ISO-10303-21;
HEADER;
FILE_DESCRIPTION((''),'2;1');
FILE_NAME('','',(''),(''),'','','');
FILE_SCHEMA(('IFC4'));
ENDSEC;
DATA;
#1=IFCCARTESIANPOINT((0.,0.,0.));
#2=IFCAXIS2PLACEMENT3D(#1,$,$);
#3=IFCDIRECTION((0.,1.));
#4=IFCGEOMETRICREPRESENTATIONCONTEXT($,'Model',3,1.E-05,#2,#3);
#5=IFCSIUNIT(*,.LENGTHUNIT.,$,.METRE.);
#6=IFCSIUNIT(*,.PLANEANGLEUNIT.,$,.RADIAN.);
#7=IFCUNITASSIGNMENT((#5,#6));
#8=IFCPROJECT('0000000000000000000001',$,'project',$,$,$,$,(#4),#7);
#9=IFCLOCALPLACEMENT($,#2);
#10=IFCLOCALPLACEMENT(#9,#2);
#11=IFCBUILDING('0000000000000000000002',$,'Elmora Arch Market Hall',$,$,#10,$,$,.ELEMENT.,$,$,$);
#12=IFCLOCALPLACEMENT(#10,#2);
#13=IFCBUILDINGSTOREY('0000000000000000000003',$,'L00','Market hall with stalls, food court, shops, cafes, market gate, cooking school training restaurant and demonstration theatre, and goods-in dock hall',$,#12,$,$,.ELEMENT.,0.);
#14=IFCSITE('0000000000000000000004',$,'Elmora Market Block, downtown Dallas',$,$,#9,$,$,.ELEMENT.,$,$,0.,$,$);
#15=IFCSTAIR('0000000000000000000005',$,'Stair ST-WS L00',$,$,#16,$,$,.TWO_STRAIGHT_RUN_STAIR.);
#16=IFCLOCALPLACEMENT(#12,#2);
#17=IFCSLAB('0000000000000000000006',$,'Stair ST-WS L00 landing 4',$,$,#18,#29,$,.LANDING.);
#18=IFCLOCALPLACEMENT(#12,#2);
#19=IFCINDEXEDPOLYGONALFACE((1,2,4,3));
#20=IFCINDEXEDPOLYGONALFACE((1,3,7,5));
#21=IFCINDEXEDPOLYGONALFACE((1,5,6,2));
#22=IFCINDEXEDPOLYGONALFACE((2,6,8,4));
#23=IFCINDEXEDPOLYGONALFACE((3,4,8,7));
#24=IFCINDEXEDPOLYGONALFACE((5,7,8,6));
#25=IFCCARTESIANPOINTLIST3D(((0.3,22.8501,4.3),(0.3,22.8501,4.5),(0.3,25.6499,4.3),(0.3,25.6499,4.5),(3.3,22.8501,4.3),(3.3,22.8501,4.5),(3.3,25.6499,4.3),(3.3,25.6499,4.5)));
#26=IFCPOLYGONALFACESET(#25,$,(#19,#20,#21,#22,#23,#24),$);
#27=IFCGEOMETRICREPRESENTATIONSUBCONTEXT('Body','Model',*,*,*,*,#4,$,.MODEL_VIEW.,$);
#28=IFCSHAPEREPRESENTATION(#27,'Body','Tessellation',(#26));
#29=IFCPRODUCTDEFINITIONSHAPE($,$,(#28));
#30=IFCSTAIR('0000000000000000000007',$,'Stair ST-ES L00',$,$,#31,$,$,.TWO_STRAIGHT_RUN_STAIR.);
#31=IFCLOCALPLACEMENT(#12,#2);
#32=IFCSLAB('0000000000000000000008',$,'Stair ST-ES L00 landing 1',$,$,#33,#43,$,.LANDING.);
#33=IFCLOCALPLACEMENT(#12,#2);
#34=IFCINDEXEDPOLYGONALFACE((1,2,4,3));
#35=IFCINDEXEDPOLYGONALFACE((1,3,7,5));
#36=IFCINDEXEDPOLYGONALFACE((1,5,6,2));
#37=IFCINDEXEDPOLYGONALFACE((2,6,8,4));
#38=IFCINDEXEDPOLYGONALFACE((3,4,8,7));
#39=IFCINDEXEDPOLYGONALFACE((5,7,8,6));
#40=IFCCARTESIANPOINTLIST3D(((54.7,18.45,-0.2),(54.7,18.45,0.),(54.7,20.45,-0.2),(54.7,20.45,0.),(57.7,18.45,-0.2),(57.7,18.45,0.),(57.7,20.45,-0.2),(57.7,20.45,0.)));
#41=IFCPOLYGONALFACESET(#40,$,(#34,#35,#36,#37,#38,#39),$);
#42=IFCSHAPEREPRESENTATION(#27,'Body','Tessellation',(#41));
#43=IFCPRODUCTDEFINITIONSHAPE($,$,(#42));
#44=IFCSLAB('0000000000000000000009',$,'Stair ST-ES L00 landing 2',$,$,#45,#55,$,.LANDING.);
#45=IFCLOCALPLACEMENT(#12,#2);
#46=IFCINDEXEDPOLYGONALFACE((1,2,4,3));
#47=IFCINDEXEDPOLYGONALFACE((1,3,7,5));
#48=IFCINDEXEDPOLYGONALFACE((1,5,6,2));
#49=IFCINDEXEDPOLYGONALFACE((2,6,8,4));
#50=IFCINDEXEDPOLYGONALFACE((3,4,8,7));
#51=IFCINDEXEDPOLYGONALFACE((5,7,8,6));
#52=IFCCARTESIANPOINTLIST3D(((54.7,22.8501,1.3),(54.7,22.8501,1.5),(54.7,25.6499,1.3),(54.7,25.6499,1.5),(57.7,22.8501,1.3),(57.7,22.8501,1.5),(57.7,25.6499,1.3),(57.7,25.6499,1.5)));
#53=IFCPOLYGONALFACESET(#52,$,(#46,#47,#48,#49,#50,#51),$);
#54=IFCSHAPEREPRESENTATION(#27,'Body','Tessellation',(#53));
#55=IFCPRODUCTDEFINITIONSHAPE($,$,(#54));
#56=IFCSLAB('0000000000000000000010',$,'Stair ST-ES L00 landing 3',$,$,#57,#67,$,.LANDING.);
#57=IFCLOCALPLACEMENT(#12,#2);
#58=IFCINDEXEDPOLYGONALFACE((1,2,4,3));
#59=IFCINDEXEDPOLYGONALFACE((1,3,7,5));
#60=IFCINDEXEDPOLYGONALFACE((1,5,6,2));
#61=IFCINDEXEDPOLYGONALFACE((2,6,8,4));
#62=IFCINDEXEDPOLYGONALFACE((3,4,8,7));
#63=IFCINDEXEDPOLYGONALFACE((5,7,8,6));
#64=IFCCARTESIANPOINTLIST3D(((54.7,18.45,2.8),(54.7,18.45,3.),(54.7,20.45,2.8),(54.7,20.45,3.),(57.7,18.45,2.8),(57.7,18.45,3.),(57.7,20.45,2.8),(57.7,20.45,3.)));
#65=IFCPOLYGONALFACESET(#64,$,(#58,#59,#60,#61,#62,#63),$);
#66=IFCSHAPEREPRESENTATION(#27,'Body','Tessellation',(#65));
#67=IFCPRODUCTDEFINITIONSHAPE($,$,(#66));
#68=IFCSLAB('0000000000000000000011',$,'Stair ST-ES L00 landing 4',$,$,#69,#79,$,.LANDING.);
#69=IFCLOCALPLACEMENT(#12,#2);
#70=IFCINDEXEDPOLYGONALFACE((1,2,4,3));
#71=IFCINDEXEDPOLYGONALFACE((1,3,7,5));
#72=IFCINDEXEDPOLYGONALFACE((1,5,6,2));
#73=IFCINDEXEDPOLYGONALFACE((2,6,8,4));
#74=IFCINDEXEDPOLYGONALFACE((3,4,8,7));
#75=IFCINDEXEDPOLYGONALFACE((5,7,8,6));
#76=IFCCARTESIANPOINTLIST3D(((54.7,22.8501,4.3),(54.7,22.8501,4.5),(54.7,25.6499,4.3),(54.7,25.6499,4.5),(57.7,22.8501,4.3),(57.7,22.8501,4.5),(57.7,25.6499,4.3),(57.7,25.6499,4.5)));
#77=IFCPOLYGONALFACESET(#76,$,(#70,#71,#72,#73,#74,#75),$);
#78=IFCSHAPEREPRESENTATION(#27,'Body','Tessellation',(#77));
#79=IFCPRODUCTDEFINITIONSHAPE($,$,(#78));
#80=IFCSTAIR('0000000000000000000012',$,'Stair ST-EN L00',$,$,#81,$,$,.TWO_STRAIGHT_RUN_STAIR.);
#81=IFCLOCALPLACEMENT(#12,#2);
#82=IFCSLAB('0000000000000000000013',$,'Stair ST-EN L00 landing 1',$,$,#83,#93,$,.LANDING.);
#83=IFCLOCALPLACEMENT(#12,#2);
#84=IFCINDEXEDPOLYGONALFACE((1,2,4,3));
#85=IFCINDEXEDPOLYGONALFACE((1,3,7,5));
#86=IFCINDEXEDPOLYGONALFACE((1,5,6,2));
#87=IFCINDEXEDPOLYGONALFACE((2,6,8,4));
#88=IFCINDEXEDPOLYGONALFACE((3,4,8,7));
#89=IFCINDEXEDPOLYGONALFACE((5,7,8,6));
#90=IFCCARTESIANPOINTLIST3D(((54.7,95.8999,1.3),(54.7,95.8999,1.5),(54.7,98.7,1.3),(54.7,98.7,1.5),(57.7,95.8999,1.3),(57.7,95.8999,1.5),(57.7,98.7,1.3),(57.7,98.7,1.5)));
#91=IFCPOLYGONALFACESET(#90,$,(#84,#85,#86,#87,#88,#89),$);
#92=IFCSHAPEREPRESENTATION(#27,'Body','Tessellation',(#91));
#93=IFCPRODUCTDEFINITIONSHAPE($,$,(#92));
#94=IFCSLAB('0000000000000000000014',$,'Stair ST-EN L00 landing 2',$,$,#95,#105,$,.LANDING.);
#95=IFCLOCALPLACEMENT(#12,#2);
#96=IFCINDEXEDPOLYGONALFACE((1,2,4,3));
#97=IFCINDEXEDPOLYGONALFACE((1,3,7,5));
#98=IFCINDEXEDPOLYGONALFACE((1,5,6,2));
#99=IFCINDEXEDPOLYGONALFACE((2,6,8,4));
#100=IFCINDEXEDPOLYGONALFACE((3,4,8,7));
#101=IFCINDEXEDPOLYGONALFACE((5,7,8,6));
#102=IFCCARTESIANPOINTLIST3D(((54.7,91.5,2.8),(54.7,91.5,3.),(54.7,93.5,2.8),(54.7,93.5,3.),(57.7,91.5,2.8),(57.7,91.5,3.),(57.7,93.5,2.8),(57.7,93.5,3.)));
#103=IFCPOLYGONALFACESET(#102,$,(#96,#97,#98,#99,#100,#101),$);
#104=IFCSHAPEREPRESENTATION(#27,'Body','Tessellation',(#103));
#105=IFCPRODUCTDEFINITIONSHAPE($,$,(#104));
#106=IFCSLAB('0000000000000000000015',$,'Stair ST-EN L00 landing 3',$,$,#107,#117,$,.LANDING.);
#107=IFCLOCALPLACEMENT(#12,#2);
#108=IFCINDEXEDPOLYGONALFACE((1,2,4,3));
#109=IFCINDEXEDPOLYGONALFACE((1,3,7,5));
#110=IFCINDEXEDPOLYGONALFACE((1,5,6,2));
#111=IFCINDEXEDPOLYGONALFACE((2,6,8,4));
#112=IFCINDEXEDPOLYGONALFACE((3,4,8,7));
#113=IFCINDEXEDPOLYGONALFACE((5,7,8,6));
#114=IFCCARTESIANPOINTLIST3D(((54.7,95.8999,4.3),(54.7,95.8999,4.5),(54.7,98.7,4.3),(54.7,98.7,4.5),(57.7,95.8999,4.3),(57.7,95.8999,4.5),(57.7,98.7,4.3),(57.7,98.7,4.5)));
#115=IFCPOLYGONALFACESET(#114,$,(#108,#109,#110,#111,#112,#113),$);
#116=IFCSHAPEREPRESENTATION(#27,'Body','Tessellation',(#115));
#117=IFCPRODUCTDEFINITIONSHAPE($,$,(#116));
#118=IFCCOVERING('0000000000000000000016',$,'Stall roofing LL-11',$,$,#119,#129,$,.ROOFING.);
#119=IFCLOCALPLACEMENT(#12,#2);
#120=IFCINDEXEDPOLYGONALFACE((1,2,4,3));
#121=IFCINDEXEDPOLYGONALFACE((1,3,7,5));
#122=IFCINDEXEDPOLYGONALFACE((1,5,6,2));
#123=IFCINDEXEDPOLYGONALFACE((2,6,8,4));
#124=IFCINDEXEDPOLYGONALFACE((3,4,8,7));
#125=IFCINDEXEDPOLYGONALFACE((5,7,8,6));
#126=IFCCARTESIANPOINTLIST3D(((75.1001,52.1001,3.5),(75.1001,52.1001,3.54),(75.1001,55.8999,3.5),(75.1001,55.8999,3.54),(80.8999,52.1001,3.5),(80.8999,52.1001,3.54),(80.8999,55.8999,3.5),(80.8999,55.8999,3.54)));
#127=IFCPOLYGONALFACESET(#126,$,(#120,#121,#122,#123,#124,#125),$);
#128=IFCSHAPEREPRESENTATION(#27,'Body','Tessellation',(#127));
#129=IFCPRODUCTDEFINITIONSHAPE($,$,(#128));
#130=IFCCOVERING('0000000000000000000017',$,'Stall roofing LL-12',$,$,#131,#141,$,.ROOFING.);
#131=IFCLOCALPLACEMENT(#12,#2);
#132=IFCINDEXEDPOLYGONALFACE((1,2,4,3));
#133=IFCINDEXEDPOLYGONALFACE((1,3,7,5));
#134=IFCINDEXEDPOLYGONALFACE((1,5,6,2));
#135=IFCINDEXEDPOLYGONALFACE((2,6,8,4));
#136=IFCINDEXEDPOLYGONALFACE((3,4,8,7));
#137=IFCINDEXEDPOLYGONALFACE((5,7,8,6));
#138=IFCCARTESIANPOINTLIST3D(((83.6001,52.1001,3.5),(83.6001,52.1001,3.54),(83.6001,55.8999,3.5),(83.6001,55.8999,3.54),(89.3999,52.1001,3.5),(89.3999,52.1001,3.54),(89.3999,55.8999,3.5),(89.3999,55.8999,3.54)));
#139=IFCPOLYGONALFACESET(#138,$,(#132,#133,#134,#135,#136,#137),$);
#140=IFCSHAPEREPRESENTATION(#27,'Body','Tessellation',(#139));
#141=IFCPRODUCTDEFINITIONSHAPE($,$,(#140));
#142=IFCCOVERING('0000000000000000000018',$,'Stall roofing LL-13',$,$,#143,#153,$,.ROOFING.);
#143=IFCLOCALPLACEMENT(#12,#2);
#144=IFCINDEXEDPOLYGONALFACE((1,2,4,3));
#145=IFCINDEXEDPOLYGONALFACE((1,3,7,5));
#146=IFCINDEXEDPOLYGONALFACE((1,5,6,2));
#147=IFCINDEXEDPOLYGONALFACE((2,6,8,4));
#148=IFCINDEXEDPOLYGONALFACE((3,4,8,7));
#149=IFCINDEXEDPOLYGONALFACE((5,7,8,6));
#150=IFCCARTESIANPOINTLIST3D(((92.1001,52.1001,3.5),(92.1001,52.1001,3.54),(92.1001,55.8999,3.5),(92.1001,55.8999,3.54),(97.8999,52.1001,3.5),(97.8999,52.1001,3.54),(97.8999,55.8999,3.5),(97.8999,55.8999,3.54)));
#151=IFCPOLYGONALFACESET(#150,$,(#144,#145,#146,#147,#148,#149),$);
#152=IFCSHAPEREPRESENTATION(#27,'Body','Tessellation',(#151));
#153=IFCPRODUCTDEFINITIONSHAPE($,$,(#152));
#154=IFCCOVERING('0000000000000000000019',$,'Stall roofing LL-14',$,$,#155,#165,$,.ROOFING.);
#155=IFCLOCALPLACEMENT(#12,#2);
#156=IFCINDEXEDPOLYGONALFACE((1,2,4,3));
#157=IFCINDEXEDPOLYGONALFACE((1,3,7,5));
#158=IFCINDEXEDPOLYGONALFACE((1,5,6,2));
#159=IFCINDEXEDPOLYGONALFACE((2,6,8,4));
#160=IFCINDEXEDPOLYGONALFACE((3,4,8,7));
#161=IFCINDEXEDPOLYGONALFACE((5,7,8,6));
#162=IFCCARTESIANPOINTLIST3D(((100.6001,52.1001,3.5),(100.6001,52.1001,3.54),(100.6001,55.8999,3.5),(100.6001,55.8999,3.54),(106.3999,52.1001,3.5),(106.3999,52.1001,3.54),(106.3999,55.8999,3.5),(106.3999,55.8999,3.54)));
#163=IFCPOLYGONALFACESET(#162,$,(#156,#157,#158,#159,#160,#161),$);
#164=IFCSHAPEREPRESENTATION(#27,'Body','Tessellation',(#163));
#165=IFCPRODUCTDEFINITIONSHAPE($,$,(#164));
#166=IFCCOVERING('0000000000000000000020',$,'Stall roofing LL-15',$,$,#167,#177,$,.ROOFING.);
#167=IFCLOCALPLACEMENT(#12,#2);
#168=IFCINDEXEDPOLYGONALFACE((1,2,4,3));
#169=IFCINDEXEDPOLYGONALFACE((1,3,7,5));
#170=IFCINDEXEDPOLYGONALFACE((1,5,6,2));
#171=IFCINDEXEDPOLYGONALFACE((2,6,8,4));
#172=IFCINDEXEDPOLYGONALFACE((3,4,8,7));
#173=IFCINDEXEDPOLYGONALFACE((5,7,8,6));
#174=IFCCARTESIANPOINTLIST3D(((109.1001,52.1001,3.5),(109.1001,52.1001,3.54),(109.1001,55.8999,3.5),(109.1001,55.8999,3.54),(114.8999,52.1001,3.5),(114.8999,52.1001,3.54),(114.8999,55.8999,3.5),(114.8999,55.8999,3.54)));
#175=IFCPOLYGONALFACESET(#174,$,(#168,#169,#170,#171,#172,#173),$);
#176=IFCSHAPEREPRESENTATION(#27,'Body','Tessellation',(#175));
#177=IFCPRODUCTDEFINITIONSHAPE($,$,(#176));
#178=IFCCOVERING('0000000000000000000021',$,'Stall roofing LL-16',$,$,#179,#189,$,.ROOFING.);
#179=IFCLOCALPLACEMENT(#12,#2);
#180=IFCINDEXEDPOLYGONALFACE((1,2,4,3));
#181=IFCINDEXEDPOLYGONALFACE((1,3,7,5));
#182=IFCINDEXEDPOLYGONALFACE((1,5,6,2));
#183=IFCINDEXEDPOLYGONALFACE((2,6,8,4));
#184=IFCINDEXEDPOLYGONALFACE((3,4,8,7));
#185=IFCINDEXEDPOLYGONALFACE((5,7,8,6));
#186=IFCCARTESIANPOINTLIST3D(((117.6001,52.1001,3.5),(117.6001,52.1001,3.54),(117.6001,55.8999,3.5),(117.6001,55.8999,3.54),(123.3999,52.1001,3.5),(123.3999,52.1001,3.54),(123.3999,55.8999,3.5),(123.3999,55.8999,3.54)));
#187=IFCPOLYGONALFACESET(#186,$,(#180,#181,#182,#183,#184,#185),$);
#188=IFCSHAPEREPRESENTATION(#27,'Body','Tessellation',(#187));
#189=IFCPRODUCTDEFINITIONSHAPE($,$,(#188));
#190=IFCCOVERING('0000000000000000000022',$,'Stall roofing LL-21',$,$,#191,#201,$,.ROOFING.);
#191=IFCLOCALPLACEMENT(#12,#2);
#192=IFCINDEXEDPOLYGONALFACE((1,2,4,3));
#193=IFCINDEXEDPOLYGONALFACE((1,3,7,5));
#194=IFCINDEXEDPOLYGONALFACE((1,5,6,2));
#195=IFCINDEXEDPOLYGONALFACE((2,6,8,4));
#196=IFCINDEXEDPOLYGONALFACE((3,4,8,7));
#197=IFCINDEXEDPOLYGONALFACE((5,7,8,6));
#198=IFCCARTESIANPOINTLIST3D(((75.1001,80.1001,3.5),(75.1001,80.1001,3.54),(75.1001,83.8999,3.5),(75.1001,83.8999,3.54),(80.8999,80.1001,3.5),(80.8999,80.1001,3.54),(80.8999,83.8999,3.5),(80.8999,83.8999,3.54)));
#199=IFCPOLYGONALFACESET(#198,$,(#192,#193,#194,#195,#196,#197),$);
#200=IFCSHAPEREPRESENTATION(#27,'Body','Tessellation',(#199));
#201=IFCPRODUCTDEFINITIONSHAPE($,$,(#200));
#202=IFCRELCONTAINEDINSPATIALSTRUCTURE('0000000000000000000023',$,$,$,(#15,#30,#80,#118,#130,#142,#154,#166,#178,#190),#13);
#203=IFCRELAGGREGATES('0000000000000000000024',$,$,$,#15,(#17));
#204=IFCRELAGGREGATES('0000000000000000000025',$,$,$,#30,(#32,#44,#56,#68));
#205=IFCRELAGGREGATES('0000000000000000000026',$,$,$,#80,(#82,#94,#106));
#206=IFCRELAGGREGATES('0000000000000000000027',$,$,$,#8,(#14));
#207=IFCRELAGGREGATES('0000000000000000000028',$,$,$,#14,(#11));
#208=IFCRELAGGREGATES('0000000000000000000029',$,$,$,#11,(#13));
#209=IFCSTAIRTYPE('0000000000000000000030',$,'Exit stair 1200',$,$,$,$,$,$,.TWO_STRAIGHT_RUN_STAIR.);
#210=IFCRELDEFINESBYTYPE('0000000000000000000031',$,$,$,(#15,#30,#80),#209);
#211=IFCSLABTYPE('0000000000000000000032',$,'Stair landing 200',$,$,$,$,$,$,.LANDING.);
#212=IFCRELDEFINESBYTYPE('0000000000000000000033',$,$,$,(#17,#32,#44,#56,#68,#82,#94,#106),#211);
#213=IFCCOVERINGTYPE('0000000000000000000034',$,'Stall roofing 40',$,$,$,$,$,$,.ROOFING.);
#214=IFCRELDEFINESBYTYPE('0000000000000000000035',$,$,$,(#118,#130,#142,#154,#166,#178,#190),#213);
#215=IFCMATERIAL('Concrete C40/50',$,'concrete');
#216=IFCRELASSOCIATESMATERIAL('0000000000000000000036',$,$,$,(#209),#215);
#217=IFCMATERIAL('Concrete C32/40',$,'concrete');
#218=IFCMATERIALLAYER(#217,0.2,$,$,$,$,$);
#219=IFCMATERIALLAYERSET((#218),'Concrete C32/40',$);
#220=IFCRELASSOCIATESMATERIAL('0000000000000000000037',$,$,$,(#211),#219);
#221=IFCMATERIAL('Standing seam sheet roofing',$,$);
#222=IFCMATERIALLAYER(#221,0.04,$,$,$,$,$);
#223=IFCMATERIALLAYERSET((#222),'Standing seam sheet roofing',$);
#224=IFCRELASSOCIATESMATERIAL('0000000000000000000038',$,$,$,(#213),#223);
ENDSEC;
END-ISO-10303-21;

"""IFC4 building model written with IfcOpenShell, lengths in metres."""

from ifc_helpers import new_model, si_unit, direction, frame, origin, place, context, subcontext, project, spatial, polyline, outline, extrude, material, layer, layer_set, type_object, element, aggregate, save


model = new_model("IFC4")

# Units and contexts
model_context = context("Model", 3, precision=1e-05, world=origin(), true_north=direction((0.0, 1.0)))
body_context = subcontext(model_context, "Body", "Model", "MODEL_VIEW")
ifc_project = project(units=[si_unit("LENGTHUNIT", "METRE"), si_unit("PLANEANGLEUNIT", "RADIAN")], contexts=[model_context])

# Site, building, storey
site_placement = place(None, origin())
site = spatial("IfcSite", under=ifc_project, at=site_placement, Name="Elmora Market Block, downtown Dallas", CompositionType="ELEMENT", RefElevation=0.0)
building_placement = place(site_placement, origin())
building = spatial("IfcBuilding", under=site, at=building_placement, Name="Elmora Arch Market Hall", CompositionType="ELEMENT")
storey_placement = place(building_placement, origin())
storey = spatial("IfcBuildingStorey", under=building, at=storey_placement, Name="L00", Description="Market hall with stalls, food court, shops, cafes, market gate, cooking school training restaurant and demonstration theatre, and goods-in dock hall", CompositionType="ELEMENT", Elevation=0.0)

# Stairs, slabs
ifc_material_1 = material(Name="Concrete C40/50", Category="concrete")
stair_type = type_object("IfcStairType", Name="Exit stair 1200", PredefinedType="TWO_STRAIGHT_RUN_STAIR", material=ifc_material_1)
ifc_material_2 = material(Name="Concrete C32/40", Category="concrete")
ifc_layer_1 = layer(ifc_material_2, 0.2)
ifc_layer_set_1 = layer_set([ifc_layer_1], Name="Concrete C32/40")
slab_type = type_object("IfcSlabType", Name="Stair landing 200", PredefinedType="LANDING", material=ifc_layer_set_1)
stair_1_placement = place(storey_placement, origin())
stair_1 = element("IfcStair", 1, at=stair_1_placement, inside=storey, type_object=stair_type, Name="Stair ST-WS L00", PredefinedType="TWO_STRAIGHT_RUN_STAIR")
slab_1_placement = place(storey_placement, frame((0.0, 0.0, 4.3)))
slab_1 = element("IfcSlab", 2, at=slab_1_placement, type_object=slab_type, Name="Stair ST-WS L00 landing 4", PredefinedType="LANDING", context=body_context, shape_type="SweptSolid", body=[
    extrude(outline(polyline([(0.3, 22.8501), (3.3, 22.8501), (3.3, 25.6499), (0.3, 25.6499), (0.3, 22.8501)])), origin(), (0.0, 0.0, 1.0), 0.2),
])
aggregate(stair_1, [slab_1])
stair_2_placement = place(storey_placement, origin())
stair_2 = element("IfcStair", 3, at=stair_2_placement, inside=storey, type_object=stair_type, Name="Stair ST-ES L00", PredefinedType="TWO_STRAIGHT_RUN_STAIR")
slab_2_placement = place(storey_placement, frame((0.0, 0.0, -0.2)))
slab_2 = element("IfcSlab", 4, at=slab_2_placement, type_object=slab_type, Name="Stair ST-ES L00 landing 1", PredefinedType="LANDING", context=body_context, shape_type="SweptSolid", body=[
    extrude(outline(polyline([(54.7, 18.45), (57.7, 18.45), (57.7, 20.45), (54.7, 20.45), (54.7, 18.45)])), origin(), (0.0, 0.0, 1.0), 0.2),
])
slab_3_placement = place(storey_placement, frame((0.0, 0.0, 1.3)))
slab_3 = element("IfcSlab", 5, at=slab_3_placement, type_object=slab_type, Name="Stair ST-ES L00 landing 2", PredefinedType="LANDING", context=body_context, shape_type="SweptSolid", body=[
    extrude(outline(polyline([(54.7, 22.8501), (57.7, 22.8501), (57.7, 25.6499), (54.7, 25.6499), (54.7, 22.8501)])), origin(), (0.0, 0.0, 1.0), 0.2),
])
slab_4_placement = place(storey_placement, frame((0.0, 0.0, 2.8)))
slab_4 = element("IfcSlab", 6, at=slab_4_placement, type_object=slab_type, Name="Stair ST-ES L00 landing 3", PredefinedType="LANDING", context=body_context, shape_type="SweptSolid", body=[
    extrude(outline(polyline([(54.7, 18.45), (57.7, 18.45), (57.7, 20.45), (54.7, 20.45), (54.7, 18.45)])), origin(), (0.0, 0.0, 1.0), 0.2),
])
slab_5_placement = place(storey_placement, frame((0.0, 0.0, 4.3)))
slab_5 = element("IfcSlab", 7, at=slab_5_placement, type_object=slab_type, Name="Stair ST-ES L00 landing 4", PredefinedType="LANDING", context=body_context, shape_type="SweptSolid", body=[
    extrude(outline(polyline([(54.7, 22.8501), (57.7, 22.8501), (57.7, 25.6499), (54.7, 25.6499), (54.7, 22.8501)])), origin(), (0.0, 0.0, 1.0), 0.2),
])
aggregate(stair_2, [slab_2, slab_3, slab_4, slab_5])
stair_3_placement = place(storey_placement, origin())
stair_3 = element("IfcStair", 8, at=stair_3_placement, inside=storey, type_object=stair_type, Name="Stair ST-EN L00", PredefinedType="TWO_STRAIGHT_RUN_STAIR")
slab_6_placement = place(storey_placement, frame((0.0, 0.0, 1.3)))
slab_6 = element("IfcSlab", 9, at=slab_6_placement, type_object=slab_type, Name="Stair ST-EN L00 landing 1", PredefinedType="LANDING", context=body_context, shape_type="SweptSolid", body=[
    extrude(outline(polyline([(54.7, 95.8999), (57.7, 95.8999), (57.7, 98.7), (54.7, 98.7), (54.7, 95.8999)])), origin(), (0.0, 0.0, 1.0), 0.2),
])
slab_7_placement = place(storey_placement, frame((0.0, 0.0, 2.8)))
slab_7 = element("IfcSlab", 10, at=slab_7_placement, type_object=slab_type, Name="Stair ST-EN L00 landing 2", PredefinedType="LANDING", context=body_context, shape_type="SweptSolid", body=[
    extrude(outline(polyline([(54.7, 91.5), (57.7, 91.5), (57.7, 93.5), (54.7, 93.5), (54.7, 91.5)])), origin(), (0.0, 0.0, 1.0), 0.2),
])
slab_8_placement = place(storey_placement, frame((0.0, 0.0, 4.3)))
slab_8 = element("IfcSlab", 11, at=slab_8_placement, type_object=slab_type, Name="Stair ST-EN L00 landing 3", PredefinedType="LANDING", context=body_context, shape_type="SweptSolid", body=[
    extrude(outline(polyline([(54.7, 95.8999), (57.7, 95.8999), (57.7, 98.7), (54.7, 98.7), (54.7, 95.8999)])), origin(), (0.0, 0.0, 1.0), 0.2),
])
aggregate(stair_3, [slab_6, slab_7, slab_8])

# Coverings
ifc_material_3 = material(Name="Standing seam sheet roofing")
ifc_layer_2 = layer(ifc_material_3, 0.04)
ifc_layer_set_2 = layer_set([ifc_layer_2], Name="Standing seam sheet roofing")
covering_type = type_object("IfcCoveringType", Name="Stall roofing 40", PredefinedType="ROOFING", material=ifc_layer_set_2)
covering_1_placement = place(storey_placement, frame((0.0, 0.0, 3.5)))
element("IfcCovering", 12, at=covering_1_placement, inside=storey, type_object=covering_type, Name="Stall roofing LL-11", PredefinedType="ROOFING", context=body_context, shape_type="SweptSolid", body=[
    extrude(outline(polyline([(80.8999, 52.1001), (75.1001, 52.1001), (75.1001, 55.8999), (80.8999, 55.8999), (80.8999, 52.1001)])), origin(), (0.0, 0.0, 1.0), 0.04),
])
covering_2_placement = place(storey_placement, frame((0.0, 0.0, 3.5)))
element("IfcCovering", 13, at=covering_2_placement, inside=storey, type_object=covering_type, Name="Stall roofing LL-12", PredefinedType="ROOFING", context=body_context, shape_type="SweptSolid", body=[
    extrude(outline(polyline([(89.3999, 52.1001), (83.6001, 52.1001), (83.6001, 55.8999), (89.3999, 55.8999), (89.3999, 52.1001)])), origin(), (0.0, 0.0, 1.0), 0.04),
])
covering_3_placement = place(storey_placement, frame((0.0, 0.0, 3.5)))
element("IfcCovering", 14, at=covering_3_placement, inside=storey, type_object=covering_type, Name="Stall roofing LL-13", PredefinedType="ROOFING", context=body_context, shape_type="SweptSolid", body=[
    extrude(outline(polyline([(97.8999, 52.1001), (92.1001, 52.1001), (92.1001, 55.8999), (97.8999, 55.8999), (97.8999, 52.1001)])), origin(), (0.0, 0.0, 1.0), 0.04),
])
covering_4_placement = place(storey_placement, frame((0.0, 0.0, 3.5)))
element("IfcCovering", 15, at=covering_4_placement, inside=storey, type_object=covering_type, Name="Stall roofing LL-14", PredefinedType="ROOFING", context=body_context, shape_type="SweptSolid", body=[
    extrude(outline(polyline([(106.3999, 52.1001), (100.6001, 52.1001), (100.6001, 55.8999), (106.3999, 55.8999), (106.3999, 52.1001)])), origin(), (0.0, 0.0, 1.0), 0.04),
])
covering_5_placement = place(storey_placement, frame((0.0, 0.0, 3.5)))
element("IfcCovering", 16, at=covering_5_placement, inside=storey, type_object=covering_type, Name="Stall roofing LL-15", PredefinedType="ROOFING", context=body_context, shape_type="SweptSolid", body=[
    extrude(outline(polyline([(114.8999, 52.1001), (109.1001, 52.1001), (109.1001, 55.8999), (114.8999, 55.8999), (114.8999, 52.1001)])), origin(), (0.0, 0.0, 1.0), 0.04),
])
covering_6_placement = place(storey_placement, frame((0.0, 0.0, 3.5)))
element("IfcCovering", 17, at=covering_6_placement, inside=storey, type_object=covering_type, Name="Stall roofing LL-16", PredefinedType="ROOFING", context=body_context, shape_type="SweptSolid", body=[
    extrude(outline(polyline([(123.3999, 52.1001), (117.6001, 52.1001), (117.6001, 55.8999), (123.3999, 55.8999), (123.3999, 52.1001)])), origin(), (0.0, 0.0, 1.0), 0.04),
])
covering_7_placement = place(storey_placement, frame((0.0, 0.0, 3.5)))
element("IfcCovering", 18, at=covering_7_placement, inside=storey, type_object=covering_type, Name="Stall roofing LL-21", PredefinedType="ROOFING", context=body_context, shape_type="SweptSolid", body=[
    extrude(outline(polyline([(80.8999, 80.1001), (75.1001, 80.1001), (75.1001, 83.8999), (80.8999, 83.8999), (80.8999, 80.1001)])), origin(), (0.0, 0.0, 1.0), 0.04),
])

save(model, "model.ifc")
